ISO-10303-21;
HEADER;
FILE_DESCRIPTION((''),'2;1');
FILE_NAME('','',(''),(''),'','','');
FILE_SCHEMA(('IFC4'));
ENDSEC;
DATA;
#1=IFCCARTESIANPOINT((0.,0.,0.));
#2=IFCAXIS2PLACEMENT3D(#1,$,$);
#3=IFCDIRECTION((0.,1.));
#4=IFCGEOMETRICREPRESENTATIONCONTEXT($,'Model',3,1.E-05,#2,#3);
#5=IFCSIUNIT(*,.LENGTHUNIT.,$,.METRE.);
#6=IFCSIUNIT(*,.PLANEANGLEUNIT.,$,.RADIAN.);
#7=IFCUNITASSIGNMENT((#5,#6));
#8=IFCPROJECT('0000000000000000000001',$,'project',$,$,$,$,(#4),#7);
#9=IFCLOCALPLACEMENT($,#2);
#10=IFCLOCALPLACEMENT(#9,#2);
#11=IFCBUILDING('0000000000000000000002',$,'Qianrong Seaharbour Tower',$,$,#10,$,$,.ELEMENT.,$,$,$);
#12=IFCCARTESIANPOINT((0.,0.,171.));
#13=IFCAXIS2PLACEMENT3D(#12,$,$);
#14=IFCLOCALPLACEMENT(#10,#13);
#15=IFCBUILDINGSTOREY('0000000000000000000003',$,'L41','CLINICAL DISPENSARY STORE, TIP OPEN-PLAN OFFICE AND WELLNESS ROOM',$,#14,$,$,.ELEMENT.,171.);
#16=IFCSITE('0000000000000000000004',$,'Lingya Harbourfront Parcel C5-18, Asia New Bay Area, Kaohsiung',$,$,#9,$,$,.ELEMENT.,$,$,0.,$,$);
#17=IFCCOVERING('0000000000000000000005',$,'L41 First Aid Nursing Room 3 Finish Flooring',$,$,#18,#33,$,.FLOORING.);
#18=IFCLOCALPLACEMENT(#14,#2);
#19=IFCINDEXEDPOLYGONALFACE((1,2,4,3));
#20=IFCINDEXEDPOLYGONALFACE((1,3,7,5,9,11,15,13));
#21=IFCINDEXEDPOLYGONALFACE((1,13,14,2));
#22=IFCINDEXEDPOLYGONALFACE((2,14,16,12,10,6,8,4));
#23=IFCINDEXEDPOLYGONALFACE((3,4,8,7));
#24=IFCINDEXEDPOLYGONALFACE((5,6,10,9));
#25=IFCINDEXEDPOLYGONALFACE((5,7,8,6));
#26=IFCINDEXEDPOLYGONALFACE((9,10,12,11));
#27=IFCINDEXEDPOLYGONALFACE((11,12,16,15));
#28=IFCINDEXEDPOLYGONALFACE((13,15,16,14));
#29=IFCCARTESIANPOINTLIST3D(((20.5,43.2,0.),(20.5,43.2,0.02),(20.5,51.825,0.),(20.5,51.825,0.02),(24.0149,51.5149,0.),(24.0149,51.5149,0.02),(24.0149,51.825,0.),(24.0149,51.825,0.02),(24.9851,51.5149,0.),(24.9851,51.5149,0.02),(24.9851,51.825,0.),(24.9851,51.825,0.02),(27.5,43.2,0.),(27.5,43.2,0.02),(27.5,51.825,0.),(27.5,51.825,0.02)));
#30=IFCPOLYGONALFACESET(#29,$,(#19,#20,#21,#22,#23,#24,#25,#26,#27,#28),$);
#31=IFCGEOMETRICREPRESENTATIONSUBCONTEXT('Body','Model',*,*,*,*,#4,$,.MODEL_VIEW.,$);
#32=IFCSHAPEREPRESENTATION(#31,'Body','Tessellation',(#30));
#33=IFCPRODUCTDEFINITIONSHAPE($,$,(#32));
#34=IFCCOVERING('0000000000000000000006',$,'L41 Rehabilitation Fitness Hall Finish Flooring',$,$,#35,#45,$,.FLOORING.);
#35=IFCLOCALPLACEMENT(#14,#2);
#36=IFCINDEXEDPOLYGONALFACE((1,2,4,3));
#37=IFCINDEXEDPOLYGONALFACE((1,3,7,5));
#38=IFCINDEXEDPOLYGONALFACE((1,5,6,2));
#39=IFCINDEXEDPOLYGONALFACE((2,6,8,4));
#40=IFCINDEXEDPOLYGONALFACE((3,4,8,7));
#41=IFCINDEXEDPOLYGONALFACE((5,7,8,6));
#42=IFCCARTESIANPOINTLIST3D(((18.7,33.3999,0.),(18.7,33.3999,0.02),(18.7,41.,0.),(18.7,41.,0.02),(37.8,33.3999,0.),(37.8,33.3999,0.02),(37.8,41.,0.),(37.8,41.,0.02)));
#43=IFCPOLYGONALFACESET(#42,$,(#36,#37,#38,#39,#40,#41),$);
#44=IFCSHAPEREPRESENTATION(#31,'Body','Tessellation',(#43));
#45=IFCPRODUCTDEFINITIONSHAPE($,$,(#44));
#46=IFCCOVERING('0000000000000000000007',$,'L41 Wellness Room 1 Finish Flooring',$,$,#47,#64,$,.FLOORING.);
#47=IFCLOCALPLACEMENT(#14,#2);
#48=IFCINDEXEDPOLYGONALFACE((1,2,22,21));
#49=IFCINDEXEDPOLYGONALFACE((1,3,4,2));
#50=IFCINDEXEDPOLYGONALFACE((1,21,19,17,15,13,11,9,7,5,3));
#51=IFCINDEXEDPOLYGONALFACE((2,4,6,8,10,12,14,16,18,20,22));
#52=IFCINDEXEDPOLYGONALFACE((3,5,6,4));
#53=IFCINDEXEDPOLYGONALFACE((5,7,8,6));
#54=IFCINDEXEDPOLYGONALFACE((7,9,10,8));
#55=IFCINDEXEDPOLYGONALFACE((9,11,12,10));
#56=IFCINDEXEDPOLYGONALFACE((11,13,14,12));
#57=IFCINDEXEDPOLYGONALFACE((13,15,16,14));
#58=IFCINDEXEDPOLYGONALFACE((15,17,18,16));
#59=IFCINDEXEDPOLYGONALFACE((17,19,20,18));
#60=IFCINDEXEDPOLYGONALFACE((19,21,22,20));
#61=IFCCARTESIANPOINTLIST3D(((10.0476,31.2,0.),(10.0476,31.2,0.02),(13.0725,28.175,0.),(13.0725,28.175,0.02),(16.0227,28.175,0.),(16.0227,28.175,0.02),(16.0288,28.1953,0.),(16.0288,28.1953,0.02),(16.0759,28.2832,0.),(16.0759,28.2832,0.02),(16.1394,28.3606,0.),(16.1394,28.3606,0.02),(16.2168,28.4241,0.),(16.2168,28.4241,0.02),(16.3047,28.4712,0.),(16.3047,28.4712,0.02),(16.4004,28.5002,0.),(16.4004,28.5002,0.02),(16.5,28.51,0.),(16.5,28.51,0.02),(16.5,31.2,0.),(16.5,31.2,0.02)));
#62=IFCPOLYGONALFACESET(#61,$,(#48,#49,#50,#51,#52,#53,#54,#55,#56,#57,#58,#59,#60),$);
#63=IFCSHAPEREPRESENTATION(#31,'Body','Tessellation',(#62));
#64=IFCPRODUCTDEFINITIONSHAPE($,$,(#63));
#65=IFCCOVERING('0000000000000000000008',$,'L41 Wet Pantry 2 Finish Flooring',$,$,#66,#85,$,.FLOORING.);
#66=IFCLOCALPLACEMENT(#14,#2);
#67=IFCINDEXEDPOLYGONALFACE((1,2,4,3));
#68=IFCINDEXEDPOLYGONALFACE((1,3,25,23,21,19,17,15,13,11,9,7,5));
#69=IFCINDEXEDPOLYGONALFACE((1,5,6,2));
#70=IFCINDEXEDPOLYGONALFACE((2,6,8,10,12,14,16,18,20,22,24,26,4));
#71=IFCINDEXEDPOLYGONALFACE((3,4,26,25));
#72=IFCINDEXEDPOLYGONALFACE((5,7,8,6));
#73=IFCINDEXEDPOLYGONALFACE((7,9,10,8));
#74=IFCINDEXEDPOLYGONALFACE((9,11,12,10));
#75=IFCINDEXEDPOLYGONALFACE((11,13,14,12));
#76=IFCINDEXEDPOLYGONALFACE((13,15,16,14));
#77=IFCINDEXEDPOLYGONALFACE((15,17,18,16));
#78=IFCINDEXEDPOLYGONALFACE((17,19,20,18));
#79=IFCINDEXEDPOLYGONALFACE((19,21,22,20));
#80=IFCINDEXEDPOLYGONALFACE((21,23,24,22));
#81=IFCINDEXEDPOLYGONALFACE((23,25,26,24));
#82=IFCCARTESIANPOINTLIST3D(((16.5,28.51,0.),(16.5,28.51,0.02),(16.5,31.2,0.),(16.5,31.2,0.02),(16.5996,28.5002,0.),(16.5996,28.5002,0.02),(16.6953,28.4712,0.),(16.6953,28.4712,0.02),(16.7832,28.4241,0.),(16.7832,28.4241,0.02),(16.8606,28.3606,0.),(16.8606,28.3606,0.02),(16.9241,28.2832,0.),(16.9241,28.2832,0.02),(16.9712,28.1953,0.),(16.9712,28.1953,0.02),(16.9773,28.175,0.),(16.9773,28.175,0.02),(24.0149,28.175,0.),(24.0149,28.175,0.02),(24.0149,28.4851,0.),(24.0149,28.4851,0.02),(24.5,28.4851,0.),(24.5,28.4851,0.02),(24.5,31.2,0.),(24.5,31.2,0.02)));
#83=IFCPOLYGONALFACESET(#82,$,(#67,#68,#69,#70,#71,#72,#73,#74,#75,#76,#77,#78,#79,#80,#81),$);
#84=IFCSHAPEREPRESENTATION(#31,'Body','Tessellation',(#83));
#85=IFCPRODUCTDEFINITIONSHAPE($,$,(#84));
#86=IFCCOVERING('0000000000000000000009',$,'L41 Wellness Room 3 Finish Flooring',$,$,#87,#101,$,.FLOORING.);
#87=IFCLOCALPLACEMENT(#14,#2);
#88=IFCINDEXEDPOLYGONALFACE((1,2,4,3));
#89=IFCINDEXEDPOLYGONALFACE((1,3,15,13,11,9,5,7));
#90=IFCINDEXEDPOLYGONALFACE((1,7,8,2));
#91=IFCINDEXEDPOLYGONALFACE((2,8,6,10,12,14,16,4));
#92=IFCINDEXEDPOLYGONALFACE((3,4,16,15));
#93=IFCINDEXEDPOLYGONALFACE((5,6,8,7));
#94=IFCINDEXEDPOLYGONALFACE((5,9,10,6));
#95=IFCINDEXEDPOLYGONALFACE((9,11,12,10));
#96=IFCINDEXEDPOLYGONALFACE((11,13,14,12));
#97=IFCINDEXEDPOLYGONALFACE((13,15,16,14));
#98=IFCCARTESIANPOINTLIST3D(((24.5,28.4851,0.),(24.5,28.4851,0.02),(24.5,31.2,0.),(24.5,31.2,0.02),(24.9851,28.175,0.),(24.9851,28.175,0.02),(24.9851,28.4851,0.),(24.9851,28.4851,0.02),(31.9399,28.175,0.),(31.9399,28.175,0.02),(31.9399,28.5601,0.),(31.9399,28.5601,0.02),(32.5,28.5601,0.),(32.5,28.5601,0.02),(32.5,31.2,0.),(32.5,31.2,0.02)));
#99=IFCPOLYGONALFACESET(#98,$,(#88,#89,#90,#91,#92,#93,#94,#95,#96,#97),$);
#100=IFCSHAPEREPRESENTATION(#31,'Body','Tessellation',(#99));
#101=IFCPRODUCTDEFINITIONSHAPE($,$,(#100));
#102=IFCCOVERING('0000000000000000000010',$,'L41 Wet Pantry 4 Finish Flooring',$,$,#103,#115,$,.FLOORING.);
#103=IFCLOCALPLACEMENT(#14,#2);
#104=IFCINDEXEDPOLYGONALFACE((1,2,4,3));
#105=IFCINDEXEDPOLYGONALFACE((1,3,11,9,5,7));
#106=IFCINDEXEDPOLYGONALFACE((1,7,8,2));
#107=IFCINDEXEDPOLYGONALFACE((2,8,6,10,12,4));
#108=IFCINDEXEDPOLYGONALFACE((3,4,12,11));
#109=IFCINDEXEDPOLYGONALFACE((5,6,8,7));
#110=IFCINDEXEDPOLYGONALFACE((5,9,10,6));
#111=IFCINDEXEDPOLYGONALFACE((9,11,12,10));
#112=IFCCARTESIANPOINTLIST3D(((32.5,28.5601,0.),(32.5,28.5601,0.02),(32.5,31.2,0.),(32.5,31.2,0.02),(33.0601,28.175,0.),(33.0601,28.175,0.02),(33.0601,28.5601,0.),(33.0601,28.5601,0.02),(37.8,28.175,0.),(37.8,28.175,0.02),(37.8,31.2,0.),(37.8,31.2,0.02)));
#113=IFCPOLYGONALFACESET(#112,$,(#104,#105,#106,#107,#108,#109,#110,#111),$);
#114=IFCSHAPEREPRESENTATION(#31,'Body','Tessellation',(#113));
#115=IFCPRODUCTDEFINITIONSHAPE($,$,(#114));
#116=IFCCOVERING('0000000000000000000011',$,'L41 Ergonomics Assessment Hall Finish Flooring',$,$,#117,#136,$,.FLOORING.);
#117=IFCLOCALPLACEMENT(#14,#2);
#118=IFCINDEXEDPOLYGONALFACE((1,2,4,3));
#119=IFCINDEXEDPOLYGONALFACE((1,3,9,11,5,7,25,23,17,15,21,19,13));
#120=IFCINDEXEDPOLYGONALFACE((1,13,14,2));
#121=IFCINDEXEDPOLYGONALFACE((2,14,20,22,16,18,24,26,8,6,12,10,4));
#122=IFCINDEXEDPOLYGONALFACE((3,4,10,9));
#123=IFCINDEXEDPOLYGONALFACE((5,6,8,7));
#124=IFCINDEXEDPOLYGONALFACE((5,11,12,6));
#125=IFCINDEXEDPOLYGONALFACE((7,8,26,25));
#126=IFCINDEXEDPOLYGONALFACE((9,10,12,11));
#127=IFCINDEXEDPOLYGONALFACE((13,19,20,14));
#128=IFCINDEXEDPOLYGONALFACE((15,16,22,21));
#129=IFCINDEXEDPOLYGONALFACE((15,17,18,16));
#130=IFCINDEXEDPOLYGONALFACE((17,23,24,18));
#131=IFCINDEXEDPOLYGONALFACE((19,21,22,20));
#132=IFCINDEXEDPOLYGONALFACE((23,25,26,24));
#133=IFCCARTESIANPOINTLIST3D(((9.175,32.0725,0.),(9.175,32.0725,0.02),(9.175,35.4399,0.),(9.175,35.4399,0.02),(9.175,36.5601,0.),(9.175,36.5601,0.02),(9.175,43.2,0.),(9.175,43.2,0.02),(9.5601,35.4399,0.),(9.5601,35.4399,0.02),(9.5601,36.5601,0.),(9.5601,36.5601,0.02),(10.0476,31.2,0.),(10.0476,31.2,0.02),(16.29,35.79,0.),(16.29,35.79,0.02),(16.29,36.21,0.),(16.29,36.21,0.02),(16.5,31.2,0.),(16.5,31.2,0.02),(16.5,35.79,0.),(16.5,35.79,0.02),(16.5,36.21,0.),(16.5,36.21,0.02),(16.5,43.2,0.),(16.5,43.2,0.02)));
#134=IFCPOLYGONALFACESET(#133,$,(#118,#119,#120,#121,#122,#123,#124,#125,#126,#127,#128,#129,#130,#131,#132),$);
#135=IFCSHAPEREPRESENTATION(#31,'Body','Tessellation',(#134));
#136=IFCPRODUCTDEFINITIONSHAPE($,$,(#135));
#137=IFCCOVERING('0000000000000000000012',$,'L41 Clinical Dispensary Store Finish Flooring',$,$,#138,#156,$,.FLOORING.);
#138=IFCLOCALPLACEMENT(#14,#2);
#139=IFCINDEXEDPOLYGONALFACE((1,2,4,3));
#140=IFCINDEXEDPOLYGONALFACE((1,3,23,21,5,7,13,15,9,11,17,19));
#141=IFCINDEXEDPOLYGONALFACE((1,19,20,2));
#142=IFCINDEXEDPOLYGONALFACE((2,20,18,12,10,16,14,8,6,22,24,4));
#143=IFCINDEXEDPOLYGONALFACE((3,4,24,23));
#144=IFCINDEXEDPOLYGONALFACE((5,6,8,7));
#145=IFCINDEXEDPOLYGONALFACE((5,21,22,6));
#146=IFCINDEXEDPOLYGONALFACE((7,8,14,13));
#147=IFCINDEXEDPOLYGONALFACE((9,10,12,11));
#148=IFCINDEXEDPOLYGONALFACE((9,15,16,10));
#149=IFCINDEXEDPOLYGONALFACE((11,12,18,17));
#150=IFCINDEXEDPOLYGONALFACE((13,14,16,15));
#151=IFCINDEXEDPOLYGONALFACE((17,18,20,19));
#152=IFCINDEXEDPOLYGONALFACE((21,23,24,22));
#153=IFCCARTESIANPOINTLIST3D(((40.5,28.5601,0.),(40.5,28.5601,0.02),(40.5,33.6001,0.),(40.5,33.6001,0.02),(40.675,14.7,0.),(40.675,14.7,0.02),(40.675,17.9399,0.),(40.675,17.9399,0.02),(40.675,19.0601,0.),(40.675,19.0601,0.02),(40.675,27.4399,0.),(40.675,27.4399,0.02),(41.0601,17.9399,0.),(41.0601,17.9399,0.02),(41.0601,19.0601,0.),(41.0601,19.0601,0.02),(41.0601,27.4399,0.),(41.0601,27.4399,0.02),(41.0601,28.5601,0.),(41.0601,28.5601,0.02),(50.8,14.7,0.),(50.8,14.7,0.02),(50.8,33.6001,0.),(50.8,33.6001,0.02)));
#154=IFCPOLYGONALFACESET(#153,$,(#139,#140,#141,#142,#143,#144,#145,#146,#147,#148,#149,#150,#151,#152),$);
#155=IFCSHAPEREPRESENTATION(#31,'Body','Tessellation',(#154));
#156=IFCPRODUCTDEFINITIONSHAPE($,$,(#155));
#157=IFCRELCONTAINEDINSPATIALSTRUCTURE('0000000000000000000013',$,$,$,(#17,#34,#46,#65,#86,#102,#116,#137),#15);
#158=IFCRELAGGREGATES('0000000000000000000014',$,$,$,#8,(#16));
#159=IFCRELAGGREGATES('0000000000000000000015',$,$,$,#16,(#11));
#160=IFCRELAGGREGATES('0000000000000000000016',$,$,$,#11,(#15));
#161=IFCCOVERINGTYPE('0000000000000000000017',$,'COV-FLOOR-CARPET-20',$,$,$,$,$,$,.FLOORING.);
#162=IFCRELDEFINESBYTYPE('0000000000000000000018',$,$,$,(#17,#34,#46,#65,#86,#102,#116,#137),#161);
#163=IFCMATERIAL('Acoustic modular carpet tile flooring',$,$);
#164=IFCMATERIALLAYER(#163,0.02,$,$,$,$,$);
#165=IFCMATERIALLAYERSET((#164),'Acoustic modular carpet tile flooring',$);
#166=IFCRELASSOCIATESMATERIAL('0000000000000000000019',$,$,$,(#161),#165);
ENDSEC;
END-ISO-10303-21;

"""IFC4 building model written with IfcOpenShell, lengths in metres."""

from ifc_helpers import new_model, si_unit, direction, frame, origin, place, context, subcontext, project, spatial, polyline, outline, extrude, material, layer, layer_set, type_object, element, save


model = new_model("IFC4")

# Units and contexts
model_context = context("Model", 3, precision=1e-05, world=origin(), true_north=direction((0.0, 1.0)))
body_context = subcontext(model_context, "Body", "Model", "MODEL_VIEW")
ifc_project = project(units=[si_unit("LENGTHUNIT", "METRE"), si_unit("PLANEANGLEUNIT", "RADIAN")], contexts=[model_context])

# Site, building, storey
site_placement = place(None, origin())
site = spatial("IfcSite", under=ifc_project, at=site_placement, Name="Lingya Harbourfront Parcel C5-18, Asia New Bay Area, Kaohsiung", CompositionType="ELEMENT", RefElevation=0.0)
building_placement = place(site_placement, origin())
building = spatial("IfcBuilding", under=site, at=building_placement, Name="Qianrong Seaharbour Tower", CompositionType="ELEMENT")
storey_placement = place(building_placement, frame((0.0, 0.0, 171.0)))
storey = spatial("IfcBuildingStorey", under=building, at=storey_placement, Name="L41", Description="CLINICAL DISPENSARY STORE, TIP OPEN-PLAN OFFICE AND WELLNESS ROOM", CompositionType="ELEMENT", Elevation=171.0)

# Coverings
ifc_material_1 = material(Name="Acoustic modular carpet tile flooring")
ifc_layer_1 = layer(ifc_material_1, 0.02)
ifc_layer_set_1 = layer_set([ifc_layer_1], Name="Acoustic modular carpet tile flooring")
covering_type_1 = type_object("IfcCoveringType", Name="COV-FLOOR-CARPET-20", PredefinedType="FLOORING", material=ifc_layer_set_1)
covering_1_placement = place(storey_placement, origin())
element("IfcCovering", 1, at=covering_1_placement, inside=storey, type_object=covering_type_1, Name="L41 First Aid Nursing Room 3 Finish Flooring", PredefinedType="FLOORING", context=body_context, shape_type="SweptSolid", body=[
    extrude(outline(polyline([(20.5, 51.825), (24.0149, 51.825), (24.0149, 51.5149), (24.9851, 51.5149), (24.9851, 51.825), (27.5, 51.825), (27.5, 43.2), (20.5, 43.2), (20.5, 51.825)])), origin(), (0.0, 0.0, 1.0), 0.02),
])
covering_2_placement = place(storey_placement, origin())
element("IfcCovering", 2, at=covering_2_placement, inside=storey, type_object=covering_type_1, Name="L41 Rehabilitation Fitness Hall Finish Flooring", PredefinedType="FLOORING", context=body_context, shape_type="SweptSolid", body=[
    extrude(outline(polyline([(37.8, 41.0), (37.8, 33.3999), (18.7, 33.3999), (18.7, 41.0), (37.8, 41.0)])), origin(), (0.0, 0.0, 1.0), 0.02),
])
covering_3_placement = place(storey_placement, origin())
element("IfcCovering", 3, at=covering_3_placement, inside=storey, type_object=covering_type_1, Name="L41 Wellness Room 1 Finish Flooring", PredefinedType="FLOORING", context=body_context, shape_type="SweptSolid", body=[
    extrude(outline(polyline([(13.0725, 28.175), (10.0476, 31.2), (16.5, 31.2), (16.5, 28.51), (16.4004, 28.5002), (16.3047, 28.4712), (16.2168, 28.4241), (16.1394, 28.3606), (16.0759, 28.2832), (16.0288, 28.1953), (16.0227, 28.175), (13.0725, 28.175)])), origin(), (0.0, 0.0, 1.0), 0.02),
])
covering_4_placement = place(storey_placement, origin())
element("IfcCovering", 4, at=covering_4_placement, inside=storey, type_object=covering_type_1, Name="L41 Wet Pantry 2 Finish Flooring", PredefinedType="FLOORING", context=body_context, shape_type="SweptSolid", body=[
    extrude(outline(polyline([(24.5, 28.4851), (24.0149, 28.4851), (24.0149, 28.175), (16.9773, 28.175), (16.9712, 28.1953), (16.9241, 28.2832), (16.8606, 28.3606), (16.7832, 28.4241), (16.6953, 28.4712), (16.5996, 28.5002), (16.5, 28.51), (16.5, 31.2), (24.5, 31.2), (24.5, 28.4851)])), origin(), (0.0, 0.0, 1.0), 0.02),
])
covering_5_placement = place(storey_placement, origin())
element("IfcCovering", 5, at=covering_5_placement, inside=storey, type_object=covering_type_1, Name="L41 Wellness Room 3 Finish Flooring", PredefinedType="FLOORING", context=body_context, shape_type="SweptSolid", body=[
    extrude(outline(polyline([(32.5, 28.5601), (31.9399, 28.5601), (31.9399, 28.175), (24.9851, 28.175), (24.9851, 28.4851), (24.5, 28.4851), (24.5, 31.2), (32.5, 31.2), (32.5, 28.5601)])), origin(), (0.0, 0.0, 1.0), 0.02),
])
covering_6_placement = place(storey_placement, origin())
element("IfcCovering", 6, at=covering_6_placement, inside=storey, type_object=covering_type_1, Name="L41 Wet Pantry 4 Finish Flooring", PredefinedType="FLOORING", context=body_context, shape_type="SweptSolid", body=[
    extrude(outline(polyline([(37.8, 28.175), (33.0601, 28.175), (33.0601, 28.5601), (32.5, 28.5601), (32.5, 31.2), (37.8, 31.2), (37.8, 28.175)])), origin(), (0.0, 0.0, 1.0), 0.02),
])
covering_7_placement = place(storey_placement, origin())
element("IfcCovering", 7, at=covering_7_placement, inside=storey, type_object=covering_type_1, Name="L41 Ergonomics Assessment Hall Finish Flooring", PredefinedType="FLOORING", context=body_context, shape_type="SweptSolid", body=[
    extrude(outline(polyline([(10.0476, 31.2), (9.175, 32.0725), (9.175, 35.4399), (9.5601, 35.4399), (9.5601, 36.5601), (9.175, 36.5601), (9.175, 43.2), (16.5, 43.2), (16.5, 36.21), (16.29, 36.21), (16.29, 35.79), (16.5, 35.79), (16.5, 31.2), (10.0476, 31.2)])), origin(), (0.0, 0.0, 1.0), 0.02),
])
covering_8_placement = place(storey_placement, origin())
element("IfcCovering", 8, at=covering_8_placement, inside=storey, type_object=covering_type_1, Name="L41 Clinical Dispensary Store Finish Flooring", PredefinedType="FLOORING", context=body_context, shape_type="SweptSolid", body=[
    extrude(outline(polyline([(50.8, 14.7), (40.675, 14.7), (40.675, 17.9399), (41.0601, 17.9399), (41.0601, 19.0601), (40.675, 19.0601), (40.675, 27.4399), (41.0601, 27.4399), (41.0601, 28.5601), (40.5, 28.5601), (40.5, 33.6001), (50.8, 33.6001), (50.8, 14.7)])), origin(), (0.0, 0.0, 1.0), 0.02),
])

save(model, "model.ifc")
